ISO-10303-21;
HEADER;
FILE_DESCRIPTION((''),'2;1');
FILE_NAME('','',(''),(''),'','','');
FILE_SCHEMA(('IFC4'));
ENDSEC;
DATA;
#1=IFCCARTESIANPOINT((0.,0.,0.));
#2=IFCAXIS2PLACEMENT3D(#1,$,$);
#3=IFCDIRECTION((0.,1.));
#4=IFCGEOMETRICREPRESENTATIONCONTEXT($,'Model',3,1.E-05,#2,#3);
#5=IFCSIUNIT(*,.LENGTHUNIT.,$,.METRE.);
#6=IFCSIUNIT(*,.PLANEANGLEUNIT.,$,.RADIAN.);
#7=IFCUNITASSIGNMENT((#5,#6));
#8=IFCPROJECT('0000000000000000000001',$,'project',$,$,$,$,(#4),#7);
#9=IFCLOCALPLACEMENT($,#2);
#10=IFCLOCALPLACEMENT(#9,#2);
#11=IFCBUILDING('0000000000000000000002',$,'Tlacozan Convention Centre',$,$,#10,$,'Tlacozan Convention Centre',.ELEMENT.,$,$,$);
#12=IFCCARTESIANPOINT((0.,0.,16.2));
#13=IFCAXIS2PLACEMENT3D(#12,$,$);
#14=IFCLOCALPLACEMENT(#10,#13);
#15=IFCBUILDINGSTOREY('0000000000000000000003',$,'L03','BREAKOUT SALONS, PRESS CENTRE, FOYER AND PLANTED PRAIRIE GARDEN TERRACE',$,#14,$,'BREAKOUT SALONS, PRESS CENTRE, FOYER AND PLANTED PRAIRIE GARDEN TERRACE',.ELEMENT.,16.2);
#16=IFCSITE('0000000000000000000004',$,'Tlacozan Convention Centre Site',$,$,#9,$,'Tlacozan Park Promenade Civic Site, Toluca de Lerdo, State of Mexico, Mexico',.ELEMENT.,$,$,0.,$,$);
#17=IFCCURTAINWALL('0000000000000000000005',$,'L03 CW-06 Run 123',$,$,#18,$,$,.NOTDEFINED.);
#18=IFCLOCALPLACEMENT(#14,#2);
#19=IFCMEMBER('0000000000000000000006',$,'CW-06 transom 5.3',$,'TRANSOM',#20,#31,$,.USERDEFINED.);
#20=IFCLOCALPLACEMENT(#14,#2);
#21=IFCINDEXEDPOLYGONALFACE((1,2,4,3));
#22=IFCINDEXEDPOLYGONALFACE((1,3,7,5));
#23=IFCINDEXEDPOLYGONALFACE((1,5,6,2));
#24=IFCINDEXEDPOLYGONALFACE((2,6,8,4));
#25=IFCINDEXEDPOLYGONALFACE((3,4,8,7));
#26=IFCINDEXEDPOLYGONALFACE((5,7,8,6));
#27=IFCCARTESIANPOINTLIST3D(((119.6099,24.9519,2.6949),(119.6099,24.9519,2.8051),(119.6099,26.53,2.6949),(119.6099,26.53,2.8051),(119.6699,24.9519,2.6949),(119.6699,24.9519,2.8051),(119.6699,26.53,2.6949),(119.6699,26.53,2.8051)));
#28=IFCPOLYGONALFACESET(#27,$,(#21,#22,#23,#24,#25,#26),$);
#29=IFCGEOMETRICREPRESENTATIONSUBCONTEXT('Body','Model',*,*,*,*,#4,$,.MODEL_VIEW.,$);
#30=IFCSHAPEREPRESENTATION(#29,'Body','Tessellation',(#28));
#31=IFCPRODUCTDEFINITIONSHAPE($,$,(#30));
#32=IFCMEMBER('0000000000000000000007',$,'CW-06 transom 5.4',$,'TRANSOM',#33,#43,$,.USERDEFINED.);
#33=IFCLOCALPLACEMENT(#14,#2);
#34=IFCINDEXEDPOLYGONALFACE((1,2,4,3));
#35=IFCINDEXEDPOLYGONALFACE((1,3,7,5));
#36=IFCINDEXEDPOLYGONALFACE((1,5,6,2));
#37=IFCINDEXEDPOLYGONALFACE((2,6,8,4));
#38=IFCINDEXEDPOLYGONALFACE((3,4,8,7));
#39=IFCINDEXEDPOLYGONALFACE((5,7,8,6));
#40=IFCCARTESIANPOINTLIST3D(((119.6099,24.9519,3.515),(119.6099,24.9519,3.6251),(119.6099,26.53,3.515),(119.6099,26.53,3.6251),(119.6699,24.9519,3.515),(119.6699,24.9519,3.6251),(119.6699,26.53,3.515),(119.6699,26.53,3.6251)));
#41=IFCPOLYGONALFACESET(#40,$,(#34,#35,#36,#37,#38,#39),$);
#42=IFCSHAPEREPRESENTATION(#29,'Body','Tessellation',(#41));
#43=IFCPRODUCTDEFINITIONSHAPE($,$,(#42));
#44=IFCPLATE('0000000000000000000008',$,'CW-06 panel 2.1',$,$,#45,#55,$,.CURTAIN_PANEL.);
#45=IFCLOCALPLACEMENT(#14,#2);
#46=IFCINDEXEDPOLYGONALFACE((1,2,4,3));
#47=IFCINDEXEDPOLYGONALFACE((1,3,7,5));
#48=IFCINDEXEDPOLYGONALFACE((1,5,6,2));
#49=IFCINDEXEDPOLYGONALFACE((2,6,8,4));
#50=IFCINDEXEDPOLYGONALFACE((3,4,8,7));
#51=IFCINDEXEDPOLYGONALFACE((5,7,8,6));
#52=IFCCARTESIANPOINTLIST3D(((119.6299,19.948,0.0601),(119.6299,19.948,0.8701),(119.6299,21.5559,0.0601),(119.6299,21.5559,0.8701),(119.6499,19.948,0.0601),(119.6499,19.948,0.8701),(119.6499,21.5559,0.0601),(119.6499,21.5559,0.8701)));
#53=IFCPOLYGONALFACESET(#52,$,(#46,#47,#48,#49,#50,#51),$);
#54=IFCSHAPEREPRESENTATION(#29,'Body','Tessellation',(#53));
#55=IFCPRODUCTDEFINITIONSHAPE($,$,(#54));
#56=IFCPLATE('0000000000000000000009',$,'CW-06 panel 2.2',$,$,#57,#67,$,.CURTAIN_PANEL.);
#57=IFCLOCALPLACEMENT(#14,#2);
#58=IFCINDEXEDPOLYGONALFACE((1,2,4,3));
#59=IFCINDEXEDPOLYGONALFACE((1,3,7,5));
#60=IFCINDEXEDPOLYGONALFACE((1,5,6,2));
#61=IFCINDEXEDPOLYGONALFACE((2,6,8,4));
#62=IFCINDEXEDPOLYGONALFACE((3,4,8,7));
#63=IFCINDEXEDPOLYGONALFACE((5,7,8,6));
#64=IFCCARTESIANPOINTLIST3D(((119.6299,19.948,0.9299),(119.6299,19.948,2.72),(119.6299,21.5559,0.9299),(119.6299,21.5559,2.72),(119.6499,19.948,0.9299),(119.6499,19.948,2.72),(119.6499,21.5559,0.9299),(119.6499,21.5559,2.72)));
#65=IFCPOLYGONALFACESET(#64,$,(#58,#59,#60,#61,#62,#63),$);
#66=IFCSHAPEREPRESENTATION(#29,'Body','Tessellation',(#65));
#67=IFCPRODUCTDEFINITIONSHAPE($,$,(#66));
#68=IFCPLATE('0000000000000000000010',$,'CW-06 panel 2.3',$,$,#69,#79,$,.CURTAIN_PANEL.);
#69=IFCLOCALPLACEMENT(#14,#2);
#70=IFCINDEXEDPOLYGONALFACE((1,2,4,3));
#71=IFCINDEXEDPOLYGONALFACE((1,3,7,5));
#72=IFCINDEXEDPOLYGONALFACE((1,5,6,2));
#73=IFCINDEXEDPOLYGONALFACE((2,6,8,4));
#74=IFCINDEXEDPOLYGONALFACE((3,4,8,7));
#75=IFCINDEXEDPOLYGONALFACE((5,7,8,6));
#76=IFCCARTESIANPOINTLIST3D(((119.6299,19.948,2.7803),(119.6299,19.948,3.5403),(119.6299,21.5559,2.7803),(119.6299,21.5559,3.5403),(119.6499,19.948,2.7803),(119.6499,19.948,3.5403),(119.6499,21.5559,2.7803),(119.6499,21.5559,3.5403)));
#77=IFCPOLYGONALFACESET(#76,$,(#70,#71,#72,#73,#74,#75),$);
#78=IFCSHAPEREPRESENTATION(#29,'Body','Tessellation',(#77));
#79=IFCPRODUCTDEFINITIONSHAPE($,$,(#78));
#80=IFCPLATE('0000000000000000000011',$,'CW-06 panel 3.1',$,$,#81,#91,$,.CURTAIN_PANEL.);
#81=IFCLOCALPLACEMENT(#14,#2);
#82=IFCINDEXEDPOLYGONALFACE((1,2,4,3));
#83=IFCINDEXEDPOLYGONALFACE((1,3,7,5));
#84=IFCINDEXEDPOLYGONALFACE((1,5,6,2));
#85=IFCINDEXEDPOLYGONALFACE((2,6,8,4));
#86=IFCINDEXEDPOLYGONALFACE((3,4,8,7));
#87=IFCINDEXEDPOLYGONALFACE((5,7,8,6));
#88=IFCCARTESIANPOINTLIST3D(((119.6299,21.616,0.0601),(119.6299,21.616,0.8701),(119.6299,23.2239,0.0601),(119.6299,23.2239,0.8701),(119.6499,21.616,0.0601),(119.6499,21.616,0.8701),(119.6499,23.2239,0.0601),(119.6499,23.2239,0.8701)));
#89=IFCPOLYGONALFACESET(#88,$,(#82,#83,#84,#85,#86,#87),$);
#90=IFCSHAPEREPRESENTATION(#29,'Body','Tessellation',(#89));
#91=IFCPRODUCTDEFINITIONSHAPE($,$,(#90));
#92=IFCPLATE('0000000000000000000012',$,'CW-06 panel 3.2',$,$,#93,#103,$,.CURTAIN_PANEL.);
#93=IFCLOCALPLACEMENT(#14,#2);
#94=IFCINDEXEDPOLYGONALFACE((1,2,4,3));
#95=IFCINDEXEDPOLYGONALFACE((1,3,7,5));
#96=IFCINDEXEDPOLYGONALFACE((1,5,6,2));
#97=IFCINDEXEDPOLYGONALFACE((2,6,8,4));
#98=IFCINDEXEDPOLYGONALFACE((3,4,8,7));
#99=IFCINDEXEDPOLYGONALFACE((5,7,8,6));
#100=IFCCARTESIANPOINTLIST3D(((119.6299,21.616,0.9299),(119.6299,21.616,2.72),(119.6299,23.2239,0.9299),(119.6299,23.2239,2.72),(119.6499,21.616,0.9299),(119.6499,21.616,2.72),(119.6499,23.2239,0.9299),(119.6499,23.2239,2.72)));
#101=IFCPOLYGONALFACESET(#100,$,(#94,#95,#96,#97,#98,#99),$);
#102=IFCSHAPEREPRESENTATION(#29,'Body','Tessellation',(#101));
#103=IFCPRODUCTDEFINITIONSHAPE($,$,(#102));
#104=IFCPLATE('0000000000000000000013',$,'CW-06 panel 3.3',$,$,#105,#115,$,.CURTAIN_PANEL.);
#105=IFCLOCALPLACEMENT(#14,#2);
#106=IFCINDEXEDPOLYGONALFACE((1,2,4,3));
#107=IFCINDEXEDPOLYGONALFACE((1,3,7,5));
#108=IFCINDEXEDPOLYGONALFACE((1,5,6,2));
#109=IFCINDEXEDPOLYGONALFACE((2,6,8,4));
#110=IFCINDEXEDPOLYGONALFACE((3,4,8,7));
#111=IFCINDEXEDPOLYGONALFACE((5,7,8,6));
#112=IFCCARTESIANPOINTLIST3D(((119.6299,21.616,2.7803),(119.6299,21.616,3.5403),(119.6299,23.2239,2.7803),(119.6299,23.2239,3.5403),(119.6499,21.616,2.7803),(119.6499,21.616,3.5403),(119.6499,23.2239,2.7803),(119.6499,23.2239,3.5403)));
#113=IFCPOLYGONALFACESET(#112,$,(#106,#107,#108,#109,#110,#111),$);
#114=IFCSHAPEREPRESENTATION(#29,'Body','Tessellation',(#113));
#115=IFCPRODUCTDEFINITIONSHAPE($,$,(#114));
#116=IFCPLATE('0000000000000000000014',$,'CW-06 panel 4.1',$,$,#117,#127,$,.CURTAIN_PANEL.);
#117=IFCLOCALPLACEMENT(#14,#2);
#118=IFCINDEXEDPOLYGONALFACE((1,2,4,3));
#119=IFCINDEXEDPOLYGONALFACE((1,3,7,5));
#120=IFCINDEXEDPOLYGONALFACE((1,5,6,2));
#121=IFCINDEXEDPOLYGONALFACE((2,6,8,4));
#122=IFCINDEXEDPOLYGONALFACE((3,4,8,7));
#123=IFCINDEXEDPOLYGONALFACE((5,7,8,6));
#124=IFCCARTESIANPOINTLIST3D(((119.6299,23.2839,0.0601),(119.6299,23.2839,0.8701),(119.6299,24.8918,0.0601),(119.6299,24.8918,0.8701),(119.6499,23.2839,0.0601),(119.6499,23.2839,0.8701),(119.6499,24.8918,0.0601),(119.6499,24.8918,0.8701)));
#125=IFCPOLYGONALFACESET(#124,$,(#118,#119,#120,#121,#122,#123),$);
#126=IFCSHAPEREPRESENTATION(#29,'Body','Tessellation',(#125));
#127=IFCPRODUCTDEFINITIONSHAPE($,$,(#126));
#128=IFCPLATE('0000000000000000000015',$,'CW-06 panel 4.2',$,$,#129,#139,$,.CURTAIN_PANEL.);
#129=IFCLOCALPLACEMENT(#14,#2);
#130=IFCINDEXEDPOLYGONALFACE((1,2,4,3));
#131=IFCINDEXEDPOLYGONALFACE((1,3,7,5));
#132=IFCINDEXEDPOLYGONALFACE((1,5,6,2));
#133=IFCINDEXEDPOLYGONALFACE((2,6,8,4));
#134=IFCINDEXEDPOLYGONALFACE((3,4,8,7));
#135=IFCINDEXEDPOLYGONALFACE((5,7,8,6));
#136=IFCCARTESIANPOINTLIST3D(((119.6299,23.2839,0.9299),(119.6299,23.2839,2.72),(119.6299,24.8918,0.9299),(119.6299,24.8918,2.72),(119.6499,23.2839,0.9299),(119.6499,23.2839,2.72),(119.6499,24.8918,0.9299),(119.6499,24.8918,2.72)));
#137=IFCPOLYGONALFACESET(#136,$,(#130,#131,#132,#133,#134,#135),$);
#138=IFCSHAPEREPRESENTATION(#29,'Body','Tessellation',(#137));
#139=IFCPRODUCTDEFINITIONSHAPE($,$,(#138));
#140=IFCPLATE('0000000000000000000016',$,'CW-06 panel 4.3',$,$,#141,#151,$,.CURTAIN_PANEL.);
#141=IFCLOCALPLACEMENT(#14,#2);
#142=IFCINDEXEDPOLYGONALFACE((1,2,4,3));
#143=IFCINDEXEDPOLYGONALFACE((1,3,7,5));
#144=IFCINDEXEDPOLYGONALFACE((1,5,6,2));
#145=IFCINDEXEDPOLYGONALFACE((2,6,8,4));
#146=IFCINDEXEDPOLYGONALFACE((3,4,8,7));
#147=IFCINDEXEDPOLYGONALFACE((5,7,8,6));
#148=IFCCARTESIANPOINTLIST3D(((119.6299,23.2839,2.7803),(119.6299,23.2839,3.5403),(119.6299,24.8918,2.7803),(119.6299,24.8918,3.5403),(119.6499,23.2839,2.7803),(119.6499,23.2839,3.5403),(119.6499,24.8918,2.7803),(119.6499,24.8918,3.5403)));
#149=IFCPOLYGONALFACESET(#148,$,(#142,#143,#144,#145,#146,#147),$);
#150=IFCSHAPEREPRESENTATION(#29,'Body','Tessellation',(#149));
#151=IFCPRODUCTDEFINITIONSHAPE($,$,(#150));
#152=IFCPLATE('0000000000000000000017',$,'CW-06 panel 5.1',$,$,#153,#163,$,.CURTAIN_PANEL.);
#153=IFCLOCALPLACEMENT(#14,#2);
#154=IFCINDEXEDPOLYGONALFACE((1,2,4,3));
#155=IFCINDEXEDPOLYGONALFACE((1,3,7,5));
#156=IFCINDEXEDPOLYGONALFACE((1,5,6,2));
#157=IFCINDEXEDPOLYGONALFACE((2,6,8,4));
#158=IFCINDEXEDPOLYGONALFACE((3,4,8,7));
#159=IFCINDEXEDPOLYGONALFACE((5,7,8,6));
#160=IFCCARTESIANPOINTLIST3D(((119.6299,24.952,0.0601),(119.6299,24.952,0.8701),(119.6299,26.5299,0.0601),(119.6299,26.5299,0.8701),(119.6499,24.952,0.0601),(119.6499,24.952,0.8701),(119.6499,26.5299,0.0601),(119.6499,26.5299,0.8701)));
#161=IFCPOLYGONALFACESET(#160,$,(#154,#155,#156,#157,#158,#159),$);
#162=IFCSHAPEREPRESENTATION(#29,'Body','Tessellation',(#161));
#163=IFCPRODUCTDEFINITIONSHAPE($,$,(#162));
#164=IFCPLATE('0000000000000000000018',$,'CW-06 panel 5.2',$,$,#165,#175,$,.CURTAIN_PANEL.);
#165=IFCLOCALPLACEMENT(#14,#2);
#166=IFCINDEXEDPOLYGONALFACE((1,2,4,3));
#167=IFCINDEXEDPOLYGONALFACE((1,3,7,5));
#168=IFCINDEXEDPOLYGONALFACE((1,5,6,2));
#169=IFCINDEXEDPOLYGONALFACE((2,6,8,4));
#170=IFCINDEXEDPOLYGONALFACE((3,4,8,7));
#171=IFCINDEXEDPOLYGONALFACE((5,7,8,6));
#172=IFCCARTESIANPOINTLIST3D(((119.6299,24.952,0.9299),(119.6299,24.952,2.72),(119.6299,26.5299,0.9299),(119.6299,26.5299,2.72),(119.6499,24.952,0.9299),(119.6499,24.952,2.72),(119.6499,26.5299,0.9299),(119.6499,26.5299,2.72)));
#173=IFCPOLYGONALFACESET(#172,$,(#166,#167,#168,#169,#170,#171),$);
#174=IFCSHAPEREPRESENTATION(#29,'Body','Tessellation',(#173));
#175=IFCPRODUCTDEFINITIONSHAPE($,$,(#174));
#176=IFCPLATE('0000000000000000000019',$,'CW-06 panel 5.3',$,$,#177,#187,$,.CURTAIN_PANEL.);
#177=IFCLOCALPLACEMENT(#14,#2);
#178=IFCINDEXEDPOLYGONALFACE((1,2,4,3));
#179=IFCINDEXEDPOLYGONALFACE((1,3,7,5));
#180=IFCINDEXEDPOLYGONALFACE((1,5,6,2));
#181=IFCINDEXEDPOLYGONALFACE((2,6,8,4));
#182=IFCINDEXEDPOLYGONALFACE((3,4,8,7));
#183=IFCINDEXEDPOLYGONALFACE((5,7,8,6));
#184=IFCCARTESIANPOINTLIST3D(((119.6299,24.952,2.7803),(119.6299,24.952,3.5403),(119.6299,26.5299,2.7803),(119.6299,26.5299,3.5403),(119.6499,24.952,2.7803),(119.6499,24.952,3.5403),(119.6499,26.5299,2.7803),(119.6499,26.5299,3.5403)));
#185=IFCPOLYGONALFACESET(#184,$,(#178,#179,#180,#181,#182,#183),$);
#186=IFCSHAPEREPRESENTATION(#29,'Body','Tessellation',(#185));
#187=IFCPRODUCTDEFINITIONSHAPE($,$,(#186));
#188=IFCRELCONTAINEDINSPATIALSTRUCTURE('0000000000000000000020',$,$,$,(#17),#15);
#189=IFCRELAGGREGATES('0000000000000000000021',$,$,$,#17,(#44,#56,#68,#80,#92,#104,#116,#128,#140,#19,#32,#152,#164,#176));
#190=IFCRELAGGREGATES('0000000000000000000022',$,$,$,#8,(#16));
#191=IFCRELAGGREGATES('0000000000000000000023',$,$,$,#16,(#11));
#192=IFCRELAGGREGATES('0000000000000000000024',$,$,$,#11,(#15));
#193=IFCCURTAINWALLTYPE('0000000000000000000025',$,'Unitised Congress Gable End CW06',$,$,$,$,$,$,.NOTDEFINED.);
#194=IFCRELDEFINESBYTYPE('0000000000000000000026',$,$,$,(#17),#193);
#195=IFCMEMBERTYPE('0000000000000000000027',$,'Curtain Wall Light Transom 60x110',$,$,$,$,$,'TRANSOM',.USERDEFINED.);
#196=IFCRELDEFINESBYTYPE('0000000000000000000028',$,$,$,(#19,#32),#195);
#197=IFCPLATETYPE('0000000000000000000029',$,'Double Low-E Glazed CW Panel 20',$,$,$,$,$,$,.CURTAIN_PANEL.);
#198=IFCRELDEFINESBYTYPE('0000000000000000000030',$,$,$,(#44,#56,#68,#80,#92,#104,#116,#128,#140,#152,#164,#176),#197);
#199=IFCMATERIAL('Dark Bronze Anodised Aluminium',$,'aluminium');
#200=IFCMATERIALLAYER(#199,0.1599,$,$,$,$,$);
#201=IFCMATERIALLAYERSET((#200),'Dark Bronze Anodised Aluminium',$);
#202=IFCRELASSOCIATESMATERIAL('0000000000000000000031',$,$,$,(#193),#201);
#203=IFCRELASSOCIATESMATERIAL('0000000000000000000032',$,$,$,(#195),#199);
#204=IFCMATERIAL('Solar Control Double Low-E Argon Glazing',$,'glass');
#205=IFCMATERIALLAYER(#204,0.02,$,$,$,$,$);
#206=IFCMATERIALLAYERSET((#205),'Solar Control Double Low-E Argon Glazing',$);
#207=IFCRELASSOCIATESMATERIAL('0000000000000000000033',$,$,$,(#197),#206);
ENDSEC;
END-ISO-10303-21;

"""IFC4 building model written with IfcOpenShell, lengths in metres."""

from ifc_helpers import new_model, si_unit, direction, frame, origin, origin_2d, place, context, subcontext, project, spatial, rectangle, extrude, material, layer, layer_set, material_profile, profile_set, type_object, element, aggregate, save


model = new_model("IFC4")

# Units and contexts
model_context = context("Model", 3, precision=1e-05, world=origin(), true_north=direction((0.0, 1.0)))
body_context = subcontext(model_context, "Body", "Model", "MODEL_VIEW")
ifc_project = project(units=[si_unit("LENGTHUNIT", "METRE"), si_unit("PLANEANGLEUNIT", "RADIAN")], contexts=[model_context])

# Site, building, storey
site_placement = place(None, origin())
site = spatial("IfcSite", under=ifc_project, at=site_placement, Name="Tlacozan Convention Centre Site", LongName="Tlacozan Park Promenade Civic Site, Toluca de Lerdo, State of Mexico, Mexico", CompositionType="ELEMENT", RefElevation=0.0)
building_placement = place(site_placement, origin())
building = spatial("IfcBuilding", under=site, at=building_placement, Name="Tlacozan Convention Centre", LongName="Tlacozan Convention Centre", CompositionType="ELEMENT")
storey_placement = place(building_placement, frame((0.0, 0.0, 16.2)))
storey = spatial("IfcBuildingStorey", under=building, at=storey_placement, Name="L03", Description="BREAKOUT SALONS, PRESS CENTRE, FOYER AND PLANTED PRAIRIE GARDEN TERRACE", LongName="BREAKOUT SALONS, PRESS CENTRE, FOYER AND PLANTED PRAIRIE GARDEN TERRACE", CompositionType="ELEMENT", Elevation=16.2)

# Curtain wall, members, plates
ifc_material_1 = material(Name="Dark Bronze Anodised Aluminium", Category="aluminium")
ifc_layer_1 = layer(ifc_material_1, 0.1599)
ifc_layer_set_1 = layer_set([ifc_layer_1], Name="Dark Bronze Anodised Aluminium")
curtain_wall_type = type_object("IfcCurtainWallType", Name="Unitised Congress Gable End CW06", PredefinedType="NOTDEFINED", material=ifc_layer_set_1)
curtain_wall_placement = place(storey_placement, origin())
curtain_wall = element("IfcCurtainWall", 1, at=curtain_wall_placement, inside=storey, type_object=curtain_wall_type, Name="L03 CW-06 Run 123", PredefinedType="NOTDEFINED")
ifc_material_profile_1 = material_profile(ifc_material_1, rectangle(XDim=0.0601, YDim=0.1101, at=origin_2d()), Name="ALU 60x110")
ifc_profile_set_1 = profile_set([ifc_material_profile_1], Name="Dark Bronze Anodised Aluminium")
member_type_1 = type_object("IfcMemberType", Name="Curtain Wall Light Transom 60x110", ElementType="TRANSOM", PredefinedType="USERDEFINED", material=ifc_profile_set_1)
member_1_placement = place(storey_placement, frame((119.6399, 24.9519, 2.75), z_axis=(0.0, 1.0, 0.0), x_axis=(-1.0, 0.0, 0.0)))
member_1 = element("IfcMember", 2, at=member_1_placement, type_object=member_type_1, Name="CW-06 transom 5.3", ObjectType="TRANSOM", PredefinedType="USERDEFINED", context=body_context, shape_type="SweptSolid", body=[
    extrude(rectangle(XDim=0.0601, YDim=0.1101, at=origin_2d()), origin(), (0.0, 0.0, 1.0), 1.5781),
])
member_2_placement = place(storey_placement, frame((119.6399, 24.9519, 3.5701), z_axis=(0.0, 1.0, 0.0), x_axis=(-1.0, 0.0, 0.0)))
member_2 = element("IfcMember", 3, at=member_2_placement, type_object=member_type_1, Name="CW-06 transom 5.4", ObjectType="TRANSOM", PredefinedType="USERDEFINED", context=body_context, shape_type="SweptSolid", body=[
    extrude(rectangle(XDim=0.0601, YDim=0.1101, at=origin_2d()), origin(), (0.0, 0.0, 1.0), 1.5781),
])
ifc_material_2 = material(Name="Solar Control Double Low-E Argon Glazing", Category="glass")
ifc_layer_2 = layer(ifc_material_2, 0.02)
ifc_layer_set_2 = layer_set([ifc_layer_2], Name="Solar Control Double Low-E Argon Glazing")
plate_type = type_object("IfcPlateType", Name="Double Low-E Glazed CW Panel 20", PredefinedType="CURTAIN_PANEL", material=ifc_layer_set_2)
plate_1_placement = place(storey_placement, frame((119.6399, 20.752, 0.0601), z_axis=(0.0, 0.0, 1.0), x_axis=(0.0, 1.0, 0.0)))
plate_1 = element("IfcPlate", 4, at=plate_1_placement, type_object=plate_type, Name="CW-06 panel 2.1", PredefinedType="CURTAIN_PANEL", context=body_context, shape_type="SweptSolid", body=[
    extrude(rectangle(XDim=1.6079, YDim=0.02, at=origin_2d()), origin(), (0.0, 0.0, 1.0), 0.8101),
])
plate_2_placement = place(storey_placement, frame((119.6399, 20.752, 0.9299), z_axis=(0.0, 0.0, 1.0), x_axis=(0.0, 1.0, 0.0)))
plate_2 = element("IfcPlate", 5, at=plate_2_placement, type_object=plate_type, Name="CW-06 panel 2.2", PredefinedType="CURTAIN_PANEL", context=body_context, shape_type="SweptSolid", body=[
    extrude(rectangle(XDim=1.6079, YDim=0.02, at=origin_2d()), origin(), (0.0, 0.0, 1.0), 1.79),
])
plate_3_placement = place(storey_placement, frame((119.6399, 20.752, 2.7803), z_axis=(0.0, 0.0, 1.0), x_axis=(0.0, 1.0, 0.0)))
plate_3 = element("IfcPlate", 6, at=plate_3_placement, type_object=plate_type, Name="CW-06 panel 2.3", PredefinedType="CURTAIN_PANEL", context=body_context, shape_type="SweptSolid", body=[
    extrude(rectangle(XDim=1.6079, YDim=0.02, at=origin_2d()), origin(), (0.0, 0.0, 1.0), 0.76),
])
plate_4_placement = place(storey_placement, frame((119.6399, 22.4199, 0.0601), z_axis=(0.0, 0.0, 1.0), x_axis=(0.0, 1.0, 0.0)))
plate_4 = element("IfcPlate", 7, at=plate_4_placement, type_object=plate_type, Name="CW-06 panel 3.1", PredefinedType="CURTAIN_PANEL", context=body_context, shape_type="SweptSolid", body=[
    extrude(rectangle(XDim=1.6079, YDim=0.02, at=origin_2d()), origin(), (0.0, 0.0, 1.0), 0.8101),
])
plate_5_placement = place(storey_placement, frame((119.6399, 22.4199, 0.9299), z_axis=(0.0, 0.0, 1.0), x_axis=(0.0, 1.0, 0.0)))
plate_5 = element("IfcPlate", 8, at=plate_5_placement, type_object=plate_type, Name="CW-06 panel 3.2", PredefinedType="CURTAIN_PANEL", context=body_context, shape_type="SweptSolid", body=[
    extrude(rectangle(XDim=1.6079, YDim=0.02, at=origin_2d()), origin(), (0.0, 0.0, 1.0), 1.79),
])
plate_6_placement = place(storey_placement, frame((119.6399, 22.4199, 2.7803), z_axis=(0.0, 0.0, 1.0), x_axis=(0.0, 1.0, 0.0)))
plate_6 = element("IfcPlate", 9, at=plate_6_placement, type_object=plate_type, Name="CW-06 panel 3.3", PredefinedType="CURTAIN_PANEL", context=body_context, shape_type="SweptSolid", body=[
    extrude(rectangle(XDim=1.6079, YDim=0.02, at=origin_2d()), origin(), (0.0, 0.0, 1.0), 0.76),
])
plate_7_placement = place(storey_placement, frame((119.6399, 24.0879, 0.0601), z_axis=(0.0, 0.0, 1.0), x_axis=(0.0, 1.0, 0.0)))
plate_7 = element("IfcPlate", 10, at=plate_7_placement, type_object=plate_type, Name="CW-06 panel 4.1", PredefinedType="CURTAIN_PANEL", context=body_context, shape_type="SweptSolid", body=[
    extrude(rectangle(XDim=1.6079, YDim=0.02, at=origin_2d()), origin(), (0.0, 0.0, 1.0), 0.8101),
])
plate_8_placement = place(storey_placement, frame((119.6399, 24.0879, 0.9299), z_axis=(0.0, 0.0, 1.0), x_axis=(0.0, 1.0, 0.0)))
plate_8 = element("IfcPlate", 11, at=plate_8_placement, type_object=plate_type, Name="CW-06 panel 4.2", PredefinedType="CURTAIN_PANEL", context=body_context, shape_type="SweptSolid", body=[
    extrude(rectangle(XDim=1.6079, YDim=0.02, at=origin_2d()), origin(), (0.0, 0.0, 1.0), 1.79),
])
plate_9_placement = place(storey_placement, frame((119.6399, 24.0879, 2.7803), z_axis=(0.0, 0.0, 1.0), x_axis=(0.0, 1.0, 0.0)))
plate_9 = element("IfcPlate", 12, at=plate_9_placement, type_object=plate_type, Name="CW-06 panel 4.3", PredefinedType="CURTAIN_PANEL", context=body_context, shape_type="SweptSolid", body=[
    extrude(rectangle(XDim=1.6079, YDim=0.02, at=origin_2d()), origin(), (0.0, 0.0, 1.0), 0.76),
])
plate_10_placement = place(storey_placement, frame((119.6399, 25.741, 0.0601), z_axis=(0.0, 0.0, 1.0), x_axis=(0.0, 1.0, 0.0)))
plate_10 = element("IfcPlate", 13, at=plate_10_placement, type_object=plate_type, Name="CW-06 panel 5.1", PredefinedType="CURTAIN_PANEL", context=body_context, shape_type="SweptSolid", body=[
    extrude(rectangle(XDim=1.5779, YDim=0.02, at=origin_2d()), origin(), (0.0, 0.0, 1.0), 0.8101),
])
plate_11_placement = place(storey_placement, frame((119.6399, 25.741, 0.9299), z_axis=(0.0, 0.0, 1.0), x_axis=(0.0, 1.0, 0.0)))
plate_11 = element("IfcPlate", 14, at=plate_11_placement, type_object=plate_type, Name="CW-06 panel 5.2", PredefinedType="CURTAIN_PANEL", context=body_context, shape_type="SweptSolid", body=[
    extrude(rectangle(XDim=1.5779, YDim=0.02, at=origin_2d()), origin(), (0.0, 0.0, 1.0), 1.79),
])
plate_12_placement = place(storey_placement, frame((119.6399, 25.741, 2.7803), z_axis=(0.0, 0.0, 1.0), x_axis=(0.0, 1.0, 0.0)))
plate_12 = element("IfcPlate", 15, at=plate_12_placement, type_object=plate_type, Name="CW-06 panel 5.3", PredefinedType="CURTAIN_PANEL", context=body_context, shape_type="SweptSolid", body=[
    extrude(rectangle(XDim=1.5779, YDim=0.02, at=origin_2d()), origin(), (0.0, 0.0, 1.0), 0.76),
])
aggregate(curtain_wall, [plate_1, plate_2, plate_3, plate_4, plate_5, plate_6, plate_7, plate_8, plate_9, member_1, member_2, plate_10, plate_11, plate_12])

save(model, "model.ifc")
